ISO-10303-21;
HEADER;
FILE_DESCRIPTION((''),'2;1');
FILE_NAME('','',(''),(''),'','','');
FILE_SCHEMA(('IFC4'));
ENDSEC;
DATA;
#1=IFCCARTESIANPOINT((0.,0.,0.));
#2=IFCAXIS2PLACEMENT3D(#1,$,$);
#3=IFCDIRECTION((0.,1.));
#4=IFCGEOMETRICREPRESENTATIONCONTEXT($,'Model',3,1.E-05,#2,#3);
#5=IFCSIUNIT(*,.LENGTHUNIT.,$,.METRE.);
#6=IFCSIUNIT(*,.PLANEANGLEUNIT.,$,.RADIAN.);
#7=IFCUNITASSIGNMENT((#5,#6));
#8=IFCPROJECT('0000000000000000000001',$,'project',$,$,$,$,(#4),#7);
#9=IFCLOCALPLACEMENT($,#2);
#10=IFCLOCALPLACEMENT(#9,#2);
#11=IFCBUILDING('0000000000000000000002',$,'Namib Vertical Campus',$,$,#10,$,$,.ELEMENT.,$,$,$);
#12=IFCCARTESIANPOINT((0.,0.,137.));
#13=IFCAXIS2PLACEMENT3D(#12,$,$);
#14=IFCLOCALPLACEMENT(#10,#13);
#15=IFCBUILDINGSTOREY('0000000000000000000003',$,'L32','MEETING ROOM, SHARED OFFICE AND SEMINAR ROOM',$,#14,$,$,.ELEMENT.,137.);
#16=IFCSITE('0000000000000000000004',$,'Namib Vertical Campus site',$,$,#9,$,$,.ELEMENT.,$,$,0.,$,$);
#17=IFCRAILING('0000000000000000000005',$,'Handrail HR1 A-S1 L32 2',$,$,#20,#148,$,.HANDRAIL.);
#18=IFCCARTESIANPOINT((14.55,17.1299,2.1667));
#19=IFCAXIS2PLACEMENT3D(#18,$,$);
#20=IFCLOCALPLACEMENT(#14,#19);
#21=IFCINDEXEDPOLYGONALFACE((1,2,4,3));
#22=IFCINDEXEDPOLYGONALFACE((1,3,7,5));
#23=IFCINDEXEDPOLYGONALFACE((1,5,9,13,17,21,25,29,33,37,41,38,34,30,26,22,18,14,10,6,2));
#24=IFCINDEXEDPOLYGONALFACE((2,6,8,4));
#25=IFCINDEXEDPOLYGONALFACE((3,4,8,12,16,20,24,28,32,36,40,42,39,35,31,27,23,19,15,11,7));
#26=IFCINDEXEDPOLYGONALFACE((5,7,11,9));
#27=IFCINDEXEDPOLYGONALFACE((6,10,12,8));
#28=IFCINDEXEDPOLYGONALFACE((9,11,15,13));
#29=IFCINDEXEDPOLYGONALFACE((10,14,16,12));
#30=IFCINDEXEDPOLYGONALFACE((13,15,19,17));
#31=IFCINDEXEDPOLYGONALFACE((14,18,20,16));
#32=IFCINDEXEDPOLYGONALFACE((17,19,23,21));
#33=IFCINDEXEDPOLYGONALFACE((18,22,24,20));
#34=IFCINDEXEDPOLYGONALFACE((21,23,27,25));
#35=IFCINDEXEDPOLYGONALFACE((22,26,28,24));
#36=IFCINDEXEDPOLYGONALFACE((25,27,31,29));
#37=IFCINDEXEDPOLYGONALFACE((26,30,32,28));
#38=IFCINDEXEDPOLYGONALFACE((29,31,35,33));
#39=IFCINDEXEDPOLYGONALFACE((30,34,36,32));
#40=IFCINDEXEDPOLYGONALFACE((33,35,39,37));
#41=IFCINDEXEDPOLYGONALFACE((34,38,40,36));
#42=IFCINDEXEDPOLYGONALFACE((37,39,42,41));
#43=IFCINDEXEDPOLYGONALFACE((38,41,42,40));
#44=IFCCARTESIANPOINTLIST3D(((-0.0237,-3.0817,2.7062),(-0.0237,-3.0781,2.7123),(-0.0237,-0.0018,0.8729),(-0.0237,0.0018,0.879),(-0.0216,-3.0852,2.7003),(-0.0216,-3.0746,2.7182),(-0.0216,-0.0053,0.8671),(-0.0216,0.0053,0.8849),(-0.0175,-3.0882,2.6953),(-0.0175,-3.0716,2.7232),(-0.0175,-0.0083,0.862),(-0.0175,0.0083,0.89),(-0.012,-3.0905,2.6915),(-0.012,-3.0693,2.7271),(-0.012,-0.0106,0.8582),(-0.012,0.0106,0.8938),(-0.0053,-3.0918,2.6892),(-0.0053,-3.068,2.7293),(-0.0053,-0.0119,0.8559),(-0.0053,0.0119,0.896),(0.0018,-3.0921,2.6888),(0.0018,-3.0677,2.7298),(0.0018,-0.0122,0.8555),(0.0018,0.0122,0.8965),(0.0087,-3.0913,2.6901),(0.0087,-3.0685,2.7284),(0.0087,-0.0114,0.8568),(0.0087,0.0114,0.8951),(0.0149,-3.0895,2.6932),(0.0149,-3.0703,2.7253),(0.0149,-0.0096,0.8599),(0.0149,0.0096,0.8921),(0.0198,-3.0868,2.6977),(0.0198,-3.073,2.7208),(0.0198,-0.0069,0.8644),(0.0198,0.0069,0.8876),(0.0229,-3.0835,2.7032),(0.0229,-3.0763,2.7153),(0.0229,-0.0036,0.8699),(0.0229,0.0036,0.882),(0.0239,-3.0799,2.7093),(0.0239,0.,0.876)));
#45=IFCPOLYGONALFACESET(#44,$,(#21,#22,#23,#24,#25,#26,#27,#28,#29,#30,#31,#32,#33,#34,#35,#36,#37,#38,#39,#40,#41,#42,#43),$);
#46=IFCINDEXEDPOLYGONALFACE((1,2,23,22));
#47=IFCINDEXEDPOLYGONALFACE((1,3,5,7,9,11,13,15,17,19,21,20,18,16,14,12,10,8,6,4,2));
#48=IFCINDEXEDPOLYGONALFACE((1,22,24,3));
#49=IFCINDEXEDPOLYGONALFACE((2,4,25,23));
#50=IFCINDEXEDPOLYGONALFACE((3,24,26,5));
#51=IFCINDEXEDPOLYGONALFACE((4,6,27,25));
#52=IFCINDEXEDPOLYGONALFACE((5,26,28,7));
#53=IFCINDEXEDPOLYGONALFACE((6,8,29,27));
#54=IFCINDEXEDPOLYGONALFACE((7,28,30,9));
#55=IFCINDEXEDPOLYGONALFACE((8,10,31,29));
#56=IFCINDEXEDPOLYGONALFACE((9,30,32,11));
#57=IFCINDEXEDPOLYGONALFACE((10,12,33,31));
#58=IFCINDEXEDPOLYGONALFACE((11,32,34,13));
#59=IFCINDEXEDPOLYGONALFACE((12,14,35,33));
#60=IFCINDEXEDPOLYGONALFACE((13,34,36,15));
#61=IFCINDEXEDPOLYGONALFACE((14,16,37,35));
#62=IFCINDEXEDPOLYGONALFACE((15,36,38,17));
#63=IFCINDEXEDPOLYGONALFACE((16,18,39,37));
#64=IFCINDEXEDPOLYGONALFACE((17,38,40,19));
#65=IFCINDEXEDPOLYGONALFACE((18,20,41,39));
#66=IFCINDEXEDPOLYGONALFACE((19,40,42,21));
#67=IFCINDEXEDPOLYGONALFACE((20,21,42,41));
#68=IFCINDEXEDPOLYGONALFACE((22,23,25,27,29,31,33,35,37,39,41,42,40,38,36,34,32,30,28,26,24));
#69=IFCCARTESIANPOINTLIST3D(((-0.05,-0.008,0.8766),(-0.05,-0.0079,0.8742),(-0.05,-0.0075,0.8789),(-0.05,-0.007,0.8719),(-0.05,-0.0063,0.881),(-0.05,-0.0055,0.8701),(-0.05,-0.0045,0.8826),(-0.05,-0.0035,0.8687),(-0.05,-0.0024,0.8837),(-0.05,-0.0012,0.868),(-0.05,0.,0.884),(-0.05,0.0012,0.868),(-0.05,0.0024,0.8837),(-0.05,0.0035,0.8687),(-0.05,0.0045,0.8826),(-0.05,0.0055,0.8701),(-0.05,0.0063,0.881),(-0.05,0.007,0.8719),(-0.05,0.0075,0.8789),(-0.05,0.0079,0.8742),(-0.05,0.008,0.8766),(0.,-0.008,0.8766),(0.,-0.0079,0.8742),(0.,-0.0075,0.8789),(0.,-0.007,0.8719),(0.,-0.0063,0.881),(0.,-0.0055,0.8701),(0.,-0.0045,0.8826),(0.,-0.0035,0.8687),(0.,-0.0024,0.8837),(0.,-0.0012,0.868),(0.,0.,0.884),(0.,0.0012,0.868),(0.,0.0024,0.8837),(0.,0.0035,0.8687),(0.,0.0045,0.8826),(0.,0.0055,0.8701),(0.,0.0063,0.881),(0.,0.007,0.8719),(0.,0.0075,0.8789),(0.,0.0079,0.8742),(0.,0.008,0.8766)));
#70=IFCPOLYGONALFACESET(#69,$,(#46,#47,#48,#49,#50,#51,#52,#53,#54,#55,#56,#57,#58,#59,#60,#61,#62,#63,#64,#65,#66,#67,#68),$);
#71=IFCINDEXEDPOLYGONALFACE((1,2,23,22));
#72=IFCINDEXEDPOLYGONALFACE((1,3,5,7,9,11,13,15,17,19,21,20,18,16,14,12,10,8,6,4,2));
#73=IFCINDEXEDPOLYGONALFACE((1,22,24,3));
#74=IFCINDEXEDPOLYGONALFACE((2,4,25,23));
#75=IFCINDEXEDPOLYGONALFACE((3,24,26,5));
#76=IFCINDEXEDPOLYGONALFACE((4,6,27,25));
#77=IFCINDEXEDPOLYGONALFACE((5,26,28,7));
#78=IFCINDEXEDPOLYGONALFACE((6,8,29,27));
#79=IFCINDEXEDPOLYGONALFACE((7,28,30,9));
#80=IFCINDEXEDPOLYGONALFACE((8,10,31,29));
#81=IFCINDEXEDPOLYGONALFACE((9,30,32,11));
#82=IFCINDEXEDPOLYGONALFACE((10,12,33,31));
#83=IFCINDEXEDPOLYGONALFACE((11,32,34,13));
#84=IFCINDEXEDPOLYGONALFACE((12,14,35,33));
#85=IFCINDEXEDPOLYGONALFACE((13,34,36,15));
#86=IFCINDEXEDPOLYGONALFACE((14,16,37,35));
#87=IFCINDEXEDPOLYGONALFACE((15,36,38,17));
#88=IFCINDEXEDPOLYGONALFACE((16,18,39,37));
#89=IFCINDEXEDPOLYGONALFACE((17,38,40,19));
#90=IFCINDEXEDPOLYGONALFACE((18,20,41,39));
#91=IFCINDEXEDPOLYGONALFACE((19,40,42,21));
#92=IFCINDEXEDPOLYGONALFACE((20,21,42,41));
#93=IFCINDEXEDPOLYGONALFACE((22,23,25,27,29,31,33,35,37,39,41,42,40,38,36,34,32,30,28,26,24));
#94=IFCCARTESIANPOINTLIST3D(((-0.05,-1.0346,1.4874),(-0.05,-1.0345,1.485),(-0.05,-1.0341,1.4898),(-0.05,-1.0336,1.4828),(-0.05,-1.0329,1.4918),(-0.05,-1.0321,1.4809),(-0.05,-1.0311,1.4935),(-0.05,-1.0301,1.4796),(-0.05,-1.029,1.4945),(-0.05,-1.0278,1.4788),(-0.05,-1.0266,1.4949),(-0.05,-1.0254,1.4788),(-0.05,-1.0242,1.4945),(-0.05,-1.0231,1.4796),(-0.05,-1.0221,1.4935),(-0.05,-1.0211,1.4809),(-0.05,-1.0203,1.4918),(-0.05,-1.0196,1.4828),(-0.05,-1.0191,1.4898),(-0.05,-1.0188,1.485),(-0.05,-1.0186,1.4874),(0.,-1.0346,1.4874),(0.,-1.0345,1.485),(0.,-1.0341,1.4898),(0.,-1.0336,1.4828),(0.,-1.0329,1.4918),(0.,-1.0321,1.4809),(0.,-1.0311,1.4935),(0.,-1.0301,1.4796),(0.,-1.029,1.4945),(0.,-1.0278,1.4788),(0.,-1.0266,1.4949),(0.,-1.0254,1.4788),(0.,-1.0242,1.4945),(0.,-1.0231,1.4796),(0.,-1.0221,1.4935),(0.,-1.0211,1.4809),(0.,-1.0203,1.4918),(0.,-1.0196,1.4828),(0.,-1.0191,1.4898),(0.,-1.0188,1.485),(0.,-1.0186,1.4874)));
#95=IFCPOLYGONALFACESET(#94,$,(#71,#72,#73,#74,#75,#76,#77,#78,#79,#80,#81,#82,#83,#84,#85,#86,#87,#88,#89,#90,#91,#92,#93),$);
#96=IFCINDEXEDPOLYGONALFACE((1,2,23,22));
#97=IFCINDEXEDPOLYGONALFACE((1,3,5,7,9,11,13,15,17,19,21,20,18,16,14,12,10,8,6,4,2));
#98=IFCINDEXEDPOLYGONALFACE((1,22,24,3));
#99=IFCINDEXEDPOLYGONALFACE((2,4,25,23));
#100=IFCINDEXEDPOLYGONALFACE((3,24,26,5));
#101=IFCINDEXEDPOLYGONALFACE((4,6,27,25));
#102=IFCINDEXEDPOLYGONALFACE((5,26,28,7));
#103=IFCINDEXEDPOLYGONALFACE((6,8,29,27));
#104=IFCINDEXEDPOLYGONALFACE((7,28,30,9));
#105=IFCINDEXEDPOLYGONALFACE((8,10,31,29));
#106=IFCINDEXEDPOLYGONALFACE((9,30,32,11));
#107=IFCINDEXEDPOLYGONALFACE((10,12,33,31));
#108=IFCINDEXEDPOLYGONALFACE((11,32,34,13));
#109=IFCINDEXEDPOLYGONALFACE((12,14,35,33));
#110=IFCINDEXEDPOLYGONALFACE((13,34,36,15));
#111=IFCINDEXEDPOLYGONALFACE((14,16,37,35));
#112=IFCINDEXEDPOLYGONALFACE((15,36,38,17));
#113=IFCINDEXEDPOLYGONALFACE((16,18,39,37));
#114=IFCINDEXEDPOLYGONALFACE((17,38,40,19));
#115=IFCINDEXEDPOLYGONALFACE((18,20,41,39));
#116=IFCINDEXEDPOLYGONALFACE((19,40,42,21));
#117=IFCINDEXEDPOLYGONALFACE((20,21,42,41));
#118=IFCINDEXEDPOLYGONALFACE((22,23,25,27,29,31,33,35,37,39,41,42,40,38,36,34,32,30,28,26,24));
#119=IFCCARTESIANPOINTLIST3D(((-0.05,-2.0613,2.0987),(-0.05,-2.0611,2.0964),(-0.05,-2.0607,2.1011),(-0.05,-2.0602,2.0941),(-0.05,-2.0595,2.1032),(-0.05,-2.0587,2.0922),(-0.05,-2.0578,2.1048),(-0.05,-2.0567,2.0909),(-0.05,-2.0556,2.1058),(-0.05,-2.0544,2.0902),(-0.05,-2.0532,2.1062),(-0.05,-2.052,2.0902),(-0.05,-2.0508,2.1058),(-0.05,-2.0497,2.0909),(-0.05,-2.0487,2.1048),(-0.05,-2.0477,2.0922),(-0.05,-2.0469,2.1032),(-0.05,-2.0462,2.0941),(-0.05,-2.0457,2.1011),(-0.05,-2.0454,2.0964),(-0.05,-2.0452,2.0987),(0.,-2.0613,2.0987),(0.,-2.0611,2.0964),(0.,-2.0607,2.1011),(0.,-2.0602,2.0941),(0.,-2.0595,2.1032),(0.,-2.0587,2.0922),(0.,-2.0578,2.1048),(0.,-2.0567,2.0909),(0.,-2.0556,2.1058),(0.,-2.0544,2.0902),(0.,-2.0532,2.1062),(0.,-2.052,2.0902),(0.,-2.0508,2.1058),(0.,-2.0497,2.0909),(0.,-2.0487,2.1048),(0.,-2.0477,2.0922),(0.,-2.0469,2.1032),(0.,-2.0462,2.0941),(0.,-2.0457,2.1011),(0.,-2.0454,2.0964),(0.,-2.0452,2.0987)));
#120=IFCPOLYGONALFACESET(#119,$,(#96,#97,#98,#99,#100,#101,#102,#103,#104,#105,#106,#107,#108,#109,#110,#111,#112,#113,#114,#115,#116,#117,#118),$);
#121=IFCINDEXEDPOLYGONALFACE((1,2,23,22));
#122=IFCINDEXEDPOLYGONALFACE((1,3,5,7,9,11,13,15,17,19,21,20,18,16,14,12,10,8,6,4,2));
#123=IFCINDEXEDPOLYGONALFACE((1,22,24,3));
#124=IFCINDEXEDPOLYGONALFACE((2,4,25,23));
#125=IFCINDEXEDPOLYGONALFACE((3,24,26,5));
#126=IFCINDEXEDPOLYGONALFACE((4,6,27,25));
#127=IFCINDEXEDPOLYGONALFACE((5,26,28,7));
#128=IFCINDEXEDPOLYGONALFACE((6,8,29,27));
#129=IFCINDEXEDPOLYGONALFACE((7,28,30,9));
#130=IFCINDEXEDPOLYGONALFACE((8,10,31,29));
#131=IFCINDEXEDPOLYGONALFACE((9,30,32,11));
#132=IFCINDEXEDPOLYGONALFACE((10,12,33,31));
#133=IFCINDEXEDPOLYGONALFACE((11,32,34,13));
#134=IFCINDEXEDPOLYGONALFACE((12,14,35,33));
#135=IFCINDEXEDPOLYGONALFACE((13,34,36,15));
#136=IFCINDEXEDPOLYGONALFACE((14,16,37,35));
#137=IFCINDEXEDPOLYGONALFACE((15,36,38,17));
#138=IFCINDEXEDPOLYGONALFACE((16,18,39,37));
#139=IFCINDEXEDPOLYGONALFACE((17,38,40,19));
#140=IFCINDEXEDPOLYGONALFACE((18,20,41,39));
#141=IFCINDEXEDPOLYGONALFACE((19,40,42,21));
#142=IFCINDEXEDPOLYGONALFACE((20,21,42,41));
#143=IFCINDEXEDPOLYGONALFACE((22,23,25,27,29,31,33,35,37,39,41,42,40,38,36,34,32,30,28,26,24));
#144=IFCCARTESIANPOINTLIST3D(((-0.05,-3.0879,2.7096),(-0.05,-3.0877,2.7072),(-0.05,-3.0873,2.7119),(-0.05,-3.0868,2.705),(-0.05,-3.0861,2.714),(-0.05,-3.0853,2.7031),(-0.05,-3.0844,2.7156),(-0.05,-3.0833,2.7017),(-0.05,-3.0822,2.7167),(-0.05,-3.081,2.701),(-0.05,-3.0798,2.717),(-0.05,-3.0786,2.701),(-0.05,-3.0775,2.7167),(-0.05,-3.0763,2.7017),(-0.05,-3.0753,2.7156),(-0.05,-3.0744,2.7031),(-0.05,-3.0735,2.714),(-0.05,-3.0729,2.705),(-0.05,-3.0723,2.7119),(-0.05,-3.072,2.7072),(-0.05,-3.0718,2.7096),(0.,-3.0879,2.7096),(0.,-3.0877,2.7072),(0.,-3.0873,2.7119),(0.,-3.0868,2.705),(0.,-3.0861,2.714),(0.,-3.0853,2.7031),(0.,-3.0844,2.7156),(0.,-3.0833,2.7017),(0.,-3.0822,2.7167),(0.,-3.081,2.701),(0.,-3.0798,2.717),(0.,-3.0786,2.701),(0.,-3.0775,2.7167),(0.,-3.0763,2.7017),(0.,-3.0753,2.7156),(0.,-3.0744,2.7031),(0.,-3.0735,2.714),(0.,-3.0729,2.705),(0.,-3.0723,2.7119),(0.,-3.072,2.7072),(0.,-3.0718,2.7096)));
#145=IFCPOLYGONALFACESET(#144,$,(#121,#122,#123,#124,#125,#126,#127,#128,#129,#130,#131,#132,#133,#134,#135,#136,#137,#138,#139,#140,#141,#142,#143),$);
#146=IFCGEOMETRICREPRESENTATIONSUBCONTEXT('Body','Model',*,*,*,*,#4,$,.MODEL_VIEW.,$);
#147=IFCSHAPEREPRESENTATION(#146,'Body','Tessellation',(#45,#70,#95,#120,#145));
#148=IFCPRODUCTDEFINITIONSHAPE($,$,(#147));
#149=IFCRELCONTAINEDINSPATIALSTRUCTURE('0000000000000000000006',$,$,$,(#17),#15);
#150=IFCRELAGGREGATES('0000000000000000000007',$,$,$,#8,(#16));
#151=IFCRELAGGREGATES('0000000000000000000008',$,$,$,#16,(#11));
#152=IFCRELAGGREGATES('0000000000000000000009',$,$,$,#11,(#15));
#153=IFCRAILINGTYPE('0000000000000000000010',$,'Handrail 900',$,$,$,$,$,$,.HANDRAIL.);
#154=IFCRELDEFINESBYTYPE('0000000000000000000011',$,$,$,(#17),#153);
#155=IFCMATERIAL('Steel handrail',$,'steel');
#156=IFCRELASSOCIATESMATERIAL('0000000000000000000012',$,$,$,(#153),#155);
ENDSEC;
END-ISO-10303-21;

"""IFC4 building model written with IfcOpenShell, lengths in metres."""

from ifc_helpers import new_model, si_unit, direction, frame, origin, origin_2d, place, context, subcontext, project, spatial, circle, extrude, material, type_object, element, save


model = new_model("IFC4")

# Units and contexts
model_context = context("Model", 3, precision=1e-05, world=origin(), true_north=direction((0.0, 1.0)))
body_context = subcontext(model_context, "Body", "Model", "MODEL_VIEW")
ifc_project = project(units=[si_unit("LENGTHUNIT", "METRE"), si_unit("PLANEANGLEUNIT", "RADIAN")], contexts=[model_context])

# Site, building, storey
site_placement = place(None, origin())
site = spatial("IfcSite", under=ifc_project, at=site_placement, Name="Namib Vertical Campus site", CompositionType="ELEMENT", RefElevation=0.0)
building_placement = place(site_placement, origin())
building = spatial("IfcBuilding", under=site, at=building_placement, Name="Namib Vertical Campus", CompositionType="ELEMENT")
storey_placement = place(building_placement, frame((0.0, 0.0, 137.0)))
storey = spatial("IfcBuildingStorey", under=building, at=storey_placement, Name="L32", Description="MEETING ROOM, SHARED OFFICE AND SEMINAR ROOM", CompositionType="ELEMENT", Elevation=137.0)

# Railing
ifc_material_1 = material(Name="Steel handrail", Category="steel")
railing_type_1 = type_object("IfcRailingType", Name="Handrail 900", PredefinedType="HANDRAIL", material=ifc_material_1)
railing_1_placement = place(storey_placement, frame((14.55, 17.1299, 2.1667)))
element("IfcRailing", 1, at=railing_1_placement, inside=storey, type_object=railing_type_1, Name="Handrail HR1 A-S1 L32 2", PredefinedType="HANDRAIL", context=body_context, shape_type="SweptSolid", body=[
    extrude(circle(Radius=0.0239, at=origin_2d()), frame((0.0, 0.0, 0.876), z_axis=(0.0, -0.859291, 0.511487), x_axis=(1.0, 0.0, 0.0)), (0.0, 0.0, 1.0), 3.5842),
    extrude(circle(Radius=0.0081, at=origin_2d()), frame((0.0, 0.0, 0.876), z_axis=(-1.0, 0.0, 0.0), x_axis=(0.0, 0.0, 1.0)), (0.0, 0.0, 1.0), 0.05),
    extrude(circle(Radius=0.0081, at=origin_2d()), frame((0.0, -1.0266, 1.4868), z_axis=(-1.0, 0.0, 0.0), x_axis=(0.0, 0.0, 1.0)), (0.0, 0.0, 1.0), 0.05),
    extrude(circle(Radius=0.0081, at=origin_2d()), frame((0.0, -2.0532, 2.0981), z_axis=(-1.0, 0.0, 0.0), x_axis=(0.0, 0.0, 1.0)), (0.0, 0.0, 1.0), 0.05),
    extrude(circle(Radius=0.0081, at=origin_2d()), frame((0.0, -3.0798, 2.709), z_axis=(-1.0, 0.0, 0.0), x_axis=(0.0, 0.0, 1.0)), (0.0, 0.0, 1.0), 0.05),
])

save(model, "model.ifc")
